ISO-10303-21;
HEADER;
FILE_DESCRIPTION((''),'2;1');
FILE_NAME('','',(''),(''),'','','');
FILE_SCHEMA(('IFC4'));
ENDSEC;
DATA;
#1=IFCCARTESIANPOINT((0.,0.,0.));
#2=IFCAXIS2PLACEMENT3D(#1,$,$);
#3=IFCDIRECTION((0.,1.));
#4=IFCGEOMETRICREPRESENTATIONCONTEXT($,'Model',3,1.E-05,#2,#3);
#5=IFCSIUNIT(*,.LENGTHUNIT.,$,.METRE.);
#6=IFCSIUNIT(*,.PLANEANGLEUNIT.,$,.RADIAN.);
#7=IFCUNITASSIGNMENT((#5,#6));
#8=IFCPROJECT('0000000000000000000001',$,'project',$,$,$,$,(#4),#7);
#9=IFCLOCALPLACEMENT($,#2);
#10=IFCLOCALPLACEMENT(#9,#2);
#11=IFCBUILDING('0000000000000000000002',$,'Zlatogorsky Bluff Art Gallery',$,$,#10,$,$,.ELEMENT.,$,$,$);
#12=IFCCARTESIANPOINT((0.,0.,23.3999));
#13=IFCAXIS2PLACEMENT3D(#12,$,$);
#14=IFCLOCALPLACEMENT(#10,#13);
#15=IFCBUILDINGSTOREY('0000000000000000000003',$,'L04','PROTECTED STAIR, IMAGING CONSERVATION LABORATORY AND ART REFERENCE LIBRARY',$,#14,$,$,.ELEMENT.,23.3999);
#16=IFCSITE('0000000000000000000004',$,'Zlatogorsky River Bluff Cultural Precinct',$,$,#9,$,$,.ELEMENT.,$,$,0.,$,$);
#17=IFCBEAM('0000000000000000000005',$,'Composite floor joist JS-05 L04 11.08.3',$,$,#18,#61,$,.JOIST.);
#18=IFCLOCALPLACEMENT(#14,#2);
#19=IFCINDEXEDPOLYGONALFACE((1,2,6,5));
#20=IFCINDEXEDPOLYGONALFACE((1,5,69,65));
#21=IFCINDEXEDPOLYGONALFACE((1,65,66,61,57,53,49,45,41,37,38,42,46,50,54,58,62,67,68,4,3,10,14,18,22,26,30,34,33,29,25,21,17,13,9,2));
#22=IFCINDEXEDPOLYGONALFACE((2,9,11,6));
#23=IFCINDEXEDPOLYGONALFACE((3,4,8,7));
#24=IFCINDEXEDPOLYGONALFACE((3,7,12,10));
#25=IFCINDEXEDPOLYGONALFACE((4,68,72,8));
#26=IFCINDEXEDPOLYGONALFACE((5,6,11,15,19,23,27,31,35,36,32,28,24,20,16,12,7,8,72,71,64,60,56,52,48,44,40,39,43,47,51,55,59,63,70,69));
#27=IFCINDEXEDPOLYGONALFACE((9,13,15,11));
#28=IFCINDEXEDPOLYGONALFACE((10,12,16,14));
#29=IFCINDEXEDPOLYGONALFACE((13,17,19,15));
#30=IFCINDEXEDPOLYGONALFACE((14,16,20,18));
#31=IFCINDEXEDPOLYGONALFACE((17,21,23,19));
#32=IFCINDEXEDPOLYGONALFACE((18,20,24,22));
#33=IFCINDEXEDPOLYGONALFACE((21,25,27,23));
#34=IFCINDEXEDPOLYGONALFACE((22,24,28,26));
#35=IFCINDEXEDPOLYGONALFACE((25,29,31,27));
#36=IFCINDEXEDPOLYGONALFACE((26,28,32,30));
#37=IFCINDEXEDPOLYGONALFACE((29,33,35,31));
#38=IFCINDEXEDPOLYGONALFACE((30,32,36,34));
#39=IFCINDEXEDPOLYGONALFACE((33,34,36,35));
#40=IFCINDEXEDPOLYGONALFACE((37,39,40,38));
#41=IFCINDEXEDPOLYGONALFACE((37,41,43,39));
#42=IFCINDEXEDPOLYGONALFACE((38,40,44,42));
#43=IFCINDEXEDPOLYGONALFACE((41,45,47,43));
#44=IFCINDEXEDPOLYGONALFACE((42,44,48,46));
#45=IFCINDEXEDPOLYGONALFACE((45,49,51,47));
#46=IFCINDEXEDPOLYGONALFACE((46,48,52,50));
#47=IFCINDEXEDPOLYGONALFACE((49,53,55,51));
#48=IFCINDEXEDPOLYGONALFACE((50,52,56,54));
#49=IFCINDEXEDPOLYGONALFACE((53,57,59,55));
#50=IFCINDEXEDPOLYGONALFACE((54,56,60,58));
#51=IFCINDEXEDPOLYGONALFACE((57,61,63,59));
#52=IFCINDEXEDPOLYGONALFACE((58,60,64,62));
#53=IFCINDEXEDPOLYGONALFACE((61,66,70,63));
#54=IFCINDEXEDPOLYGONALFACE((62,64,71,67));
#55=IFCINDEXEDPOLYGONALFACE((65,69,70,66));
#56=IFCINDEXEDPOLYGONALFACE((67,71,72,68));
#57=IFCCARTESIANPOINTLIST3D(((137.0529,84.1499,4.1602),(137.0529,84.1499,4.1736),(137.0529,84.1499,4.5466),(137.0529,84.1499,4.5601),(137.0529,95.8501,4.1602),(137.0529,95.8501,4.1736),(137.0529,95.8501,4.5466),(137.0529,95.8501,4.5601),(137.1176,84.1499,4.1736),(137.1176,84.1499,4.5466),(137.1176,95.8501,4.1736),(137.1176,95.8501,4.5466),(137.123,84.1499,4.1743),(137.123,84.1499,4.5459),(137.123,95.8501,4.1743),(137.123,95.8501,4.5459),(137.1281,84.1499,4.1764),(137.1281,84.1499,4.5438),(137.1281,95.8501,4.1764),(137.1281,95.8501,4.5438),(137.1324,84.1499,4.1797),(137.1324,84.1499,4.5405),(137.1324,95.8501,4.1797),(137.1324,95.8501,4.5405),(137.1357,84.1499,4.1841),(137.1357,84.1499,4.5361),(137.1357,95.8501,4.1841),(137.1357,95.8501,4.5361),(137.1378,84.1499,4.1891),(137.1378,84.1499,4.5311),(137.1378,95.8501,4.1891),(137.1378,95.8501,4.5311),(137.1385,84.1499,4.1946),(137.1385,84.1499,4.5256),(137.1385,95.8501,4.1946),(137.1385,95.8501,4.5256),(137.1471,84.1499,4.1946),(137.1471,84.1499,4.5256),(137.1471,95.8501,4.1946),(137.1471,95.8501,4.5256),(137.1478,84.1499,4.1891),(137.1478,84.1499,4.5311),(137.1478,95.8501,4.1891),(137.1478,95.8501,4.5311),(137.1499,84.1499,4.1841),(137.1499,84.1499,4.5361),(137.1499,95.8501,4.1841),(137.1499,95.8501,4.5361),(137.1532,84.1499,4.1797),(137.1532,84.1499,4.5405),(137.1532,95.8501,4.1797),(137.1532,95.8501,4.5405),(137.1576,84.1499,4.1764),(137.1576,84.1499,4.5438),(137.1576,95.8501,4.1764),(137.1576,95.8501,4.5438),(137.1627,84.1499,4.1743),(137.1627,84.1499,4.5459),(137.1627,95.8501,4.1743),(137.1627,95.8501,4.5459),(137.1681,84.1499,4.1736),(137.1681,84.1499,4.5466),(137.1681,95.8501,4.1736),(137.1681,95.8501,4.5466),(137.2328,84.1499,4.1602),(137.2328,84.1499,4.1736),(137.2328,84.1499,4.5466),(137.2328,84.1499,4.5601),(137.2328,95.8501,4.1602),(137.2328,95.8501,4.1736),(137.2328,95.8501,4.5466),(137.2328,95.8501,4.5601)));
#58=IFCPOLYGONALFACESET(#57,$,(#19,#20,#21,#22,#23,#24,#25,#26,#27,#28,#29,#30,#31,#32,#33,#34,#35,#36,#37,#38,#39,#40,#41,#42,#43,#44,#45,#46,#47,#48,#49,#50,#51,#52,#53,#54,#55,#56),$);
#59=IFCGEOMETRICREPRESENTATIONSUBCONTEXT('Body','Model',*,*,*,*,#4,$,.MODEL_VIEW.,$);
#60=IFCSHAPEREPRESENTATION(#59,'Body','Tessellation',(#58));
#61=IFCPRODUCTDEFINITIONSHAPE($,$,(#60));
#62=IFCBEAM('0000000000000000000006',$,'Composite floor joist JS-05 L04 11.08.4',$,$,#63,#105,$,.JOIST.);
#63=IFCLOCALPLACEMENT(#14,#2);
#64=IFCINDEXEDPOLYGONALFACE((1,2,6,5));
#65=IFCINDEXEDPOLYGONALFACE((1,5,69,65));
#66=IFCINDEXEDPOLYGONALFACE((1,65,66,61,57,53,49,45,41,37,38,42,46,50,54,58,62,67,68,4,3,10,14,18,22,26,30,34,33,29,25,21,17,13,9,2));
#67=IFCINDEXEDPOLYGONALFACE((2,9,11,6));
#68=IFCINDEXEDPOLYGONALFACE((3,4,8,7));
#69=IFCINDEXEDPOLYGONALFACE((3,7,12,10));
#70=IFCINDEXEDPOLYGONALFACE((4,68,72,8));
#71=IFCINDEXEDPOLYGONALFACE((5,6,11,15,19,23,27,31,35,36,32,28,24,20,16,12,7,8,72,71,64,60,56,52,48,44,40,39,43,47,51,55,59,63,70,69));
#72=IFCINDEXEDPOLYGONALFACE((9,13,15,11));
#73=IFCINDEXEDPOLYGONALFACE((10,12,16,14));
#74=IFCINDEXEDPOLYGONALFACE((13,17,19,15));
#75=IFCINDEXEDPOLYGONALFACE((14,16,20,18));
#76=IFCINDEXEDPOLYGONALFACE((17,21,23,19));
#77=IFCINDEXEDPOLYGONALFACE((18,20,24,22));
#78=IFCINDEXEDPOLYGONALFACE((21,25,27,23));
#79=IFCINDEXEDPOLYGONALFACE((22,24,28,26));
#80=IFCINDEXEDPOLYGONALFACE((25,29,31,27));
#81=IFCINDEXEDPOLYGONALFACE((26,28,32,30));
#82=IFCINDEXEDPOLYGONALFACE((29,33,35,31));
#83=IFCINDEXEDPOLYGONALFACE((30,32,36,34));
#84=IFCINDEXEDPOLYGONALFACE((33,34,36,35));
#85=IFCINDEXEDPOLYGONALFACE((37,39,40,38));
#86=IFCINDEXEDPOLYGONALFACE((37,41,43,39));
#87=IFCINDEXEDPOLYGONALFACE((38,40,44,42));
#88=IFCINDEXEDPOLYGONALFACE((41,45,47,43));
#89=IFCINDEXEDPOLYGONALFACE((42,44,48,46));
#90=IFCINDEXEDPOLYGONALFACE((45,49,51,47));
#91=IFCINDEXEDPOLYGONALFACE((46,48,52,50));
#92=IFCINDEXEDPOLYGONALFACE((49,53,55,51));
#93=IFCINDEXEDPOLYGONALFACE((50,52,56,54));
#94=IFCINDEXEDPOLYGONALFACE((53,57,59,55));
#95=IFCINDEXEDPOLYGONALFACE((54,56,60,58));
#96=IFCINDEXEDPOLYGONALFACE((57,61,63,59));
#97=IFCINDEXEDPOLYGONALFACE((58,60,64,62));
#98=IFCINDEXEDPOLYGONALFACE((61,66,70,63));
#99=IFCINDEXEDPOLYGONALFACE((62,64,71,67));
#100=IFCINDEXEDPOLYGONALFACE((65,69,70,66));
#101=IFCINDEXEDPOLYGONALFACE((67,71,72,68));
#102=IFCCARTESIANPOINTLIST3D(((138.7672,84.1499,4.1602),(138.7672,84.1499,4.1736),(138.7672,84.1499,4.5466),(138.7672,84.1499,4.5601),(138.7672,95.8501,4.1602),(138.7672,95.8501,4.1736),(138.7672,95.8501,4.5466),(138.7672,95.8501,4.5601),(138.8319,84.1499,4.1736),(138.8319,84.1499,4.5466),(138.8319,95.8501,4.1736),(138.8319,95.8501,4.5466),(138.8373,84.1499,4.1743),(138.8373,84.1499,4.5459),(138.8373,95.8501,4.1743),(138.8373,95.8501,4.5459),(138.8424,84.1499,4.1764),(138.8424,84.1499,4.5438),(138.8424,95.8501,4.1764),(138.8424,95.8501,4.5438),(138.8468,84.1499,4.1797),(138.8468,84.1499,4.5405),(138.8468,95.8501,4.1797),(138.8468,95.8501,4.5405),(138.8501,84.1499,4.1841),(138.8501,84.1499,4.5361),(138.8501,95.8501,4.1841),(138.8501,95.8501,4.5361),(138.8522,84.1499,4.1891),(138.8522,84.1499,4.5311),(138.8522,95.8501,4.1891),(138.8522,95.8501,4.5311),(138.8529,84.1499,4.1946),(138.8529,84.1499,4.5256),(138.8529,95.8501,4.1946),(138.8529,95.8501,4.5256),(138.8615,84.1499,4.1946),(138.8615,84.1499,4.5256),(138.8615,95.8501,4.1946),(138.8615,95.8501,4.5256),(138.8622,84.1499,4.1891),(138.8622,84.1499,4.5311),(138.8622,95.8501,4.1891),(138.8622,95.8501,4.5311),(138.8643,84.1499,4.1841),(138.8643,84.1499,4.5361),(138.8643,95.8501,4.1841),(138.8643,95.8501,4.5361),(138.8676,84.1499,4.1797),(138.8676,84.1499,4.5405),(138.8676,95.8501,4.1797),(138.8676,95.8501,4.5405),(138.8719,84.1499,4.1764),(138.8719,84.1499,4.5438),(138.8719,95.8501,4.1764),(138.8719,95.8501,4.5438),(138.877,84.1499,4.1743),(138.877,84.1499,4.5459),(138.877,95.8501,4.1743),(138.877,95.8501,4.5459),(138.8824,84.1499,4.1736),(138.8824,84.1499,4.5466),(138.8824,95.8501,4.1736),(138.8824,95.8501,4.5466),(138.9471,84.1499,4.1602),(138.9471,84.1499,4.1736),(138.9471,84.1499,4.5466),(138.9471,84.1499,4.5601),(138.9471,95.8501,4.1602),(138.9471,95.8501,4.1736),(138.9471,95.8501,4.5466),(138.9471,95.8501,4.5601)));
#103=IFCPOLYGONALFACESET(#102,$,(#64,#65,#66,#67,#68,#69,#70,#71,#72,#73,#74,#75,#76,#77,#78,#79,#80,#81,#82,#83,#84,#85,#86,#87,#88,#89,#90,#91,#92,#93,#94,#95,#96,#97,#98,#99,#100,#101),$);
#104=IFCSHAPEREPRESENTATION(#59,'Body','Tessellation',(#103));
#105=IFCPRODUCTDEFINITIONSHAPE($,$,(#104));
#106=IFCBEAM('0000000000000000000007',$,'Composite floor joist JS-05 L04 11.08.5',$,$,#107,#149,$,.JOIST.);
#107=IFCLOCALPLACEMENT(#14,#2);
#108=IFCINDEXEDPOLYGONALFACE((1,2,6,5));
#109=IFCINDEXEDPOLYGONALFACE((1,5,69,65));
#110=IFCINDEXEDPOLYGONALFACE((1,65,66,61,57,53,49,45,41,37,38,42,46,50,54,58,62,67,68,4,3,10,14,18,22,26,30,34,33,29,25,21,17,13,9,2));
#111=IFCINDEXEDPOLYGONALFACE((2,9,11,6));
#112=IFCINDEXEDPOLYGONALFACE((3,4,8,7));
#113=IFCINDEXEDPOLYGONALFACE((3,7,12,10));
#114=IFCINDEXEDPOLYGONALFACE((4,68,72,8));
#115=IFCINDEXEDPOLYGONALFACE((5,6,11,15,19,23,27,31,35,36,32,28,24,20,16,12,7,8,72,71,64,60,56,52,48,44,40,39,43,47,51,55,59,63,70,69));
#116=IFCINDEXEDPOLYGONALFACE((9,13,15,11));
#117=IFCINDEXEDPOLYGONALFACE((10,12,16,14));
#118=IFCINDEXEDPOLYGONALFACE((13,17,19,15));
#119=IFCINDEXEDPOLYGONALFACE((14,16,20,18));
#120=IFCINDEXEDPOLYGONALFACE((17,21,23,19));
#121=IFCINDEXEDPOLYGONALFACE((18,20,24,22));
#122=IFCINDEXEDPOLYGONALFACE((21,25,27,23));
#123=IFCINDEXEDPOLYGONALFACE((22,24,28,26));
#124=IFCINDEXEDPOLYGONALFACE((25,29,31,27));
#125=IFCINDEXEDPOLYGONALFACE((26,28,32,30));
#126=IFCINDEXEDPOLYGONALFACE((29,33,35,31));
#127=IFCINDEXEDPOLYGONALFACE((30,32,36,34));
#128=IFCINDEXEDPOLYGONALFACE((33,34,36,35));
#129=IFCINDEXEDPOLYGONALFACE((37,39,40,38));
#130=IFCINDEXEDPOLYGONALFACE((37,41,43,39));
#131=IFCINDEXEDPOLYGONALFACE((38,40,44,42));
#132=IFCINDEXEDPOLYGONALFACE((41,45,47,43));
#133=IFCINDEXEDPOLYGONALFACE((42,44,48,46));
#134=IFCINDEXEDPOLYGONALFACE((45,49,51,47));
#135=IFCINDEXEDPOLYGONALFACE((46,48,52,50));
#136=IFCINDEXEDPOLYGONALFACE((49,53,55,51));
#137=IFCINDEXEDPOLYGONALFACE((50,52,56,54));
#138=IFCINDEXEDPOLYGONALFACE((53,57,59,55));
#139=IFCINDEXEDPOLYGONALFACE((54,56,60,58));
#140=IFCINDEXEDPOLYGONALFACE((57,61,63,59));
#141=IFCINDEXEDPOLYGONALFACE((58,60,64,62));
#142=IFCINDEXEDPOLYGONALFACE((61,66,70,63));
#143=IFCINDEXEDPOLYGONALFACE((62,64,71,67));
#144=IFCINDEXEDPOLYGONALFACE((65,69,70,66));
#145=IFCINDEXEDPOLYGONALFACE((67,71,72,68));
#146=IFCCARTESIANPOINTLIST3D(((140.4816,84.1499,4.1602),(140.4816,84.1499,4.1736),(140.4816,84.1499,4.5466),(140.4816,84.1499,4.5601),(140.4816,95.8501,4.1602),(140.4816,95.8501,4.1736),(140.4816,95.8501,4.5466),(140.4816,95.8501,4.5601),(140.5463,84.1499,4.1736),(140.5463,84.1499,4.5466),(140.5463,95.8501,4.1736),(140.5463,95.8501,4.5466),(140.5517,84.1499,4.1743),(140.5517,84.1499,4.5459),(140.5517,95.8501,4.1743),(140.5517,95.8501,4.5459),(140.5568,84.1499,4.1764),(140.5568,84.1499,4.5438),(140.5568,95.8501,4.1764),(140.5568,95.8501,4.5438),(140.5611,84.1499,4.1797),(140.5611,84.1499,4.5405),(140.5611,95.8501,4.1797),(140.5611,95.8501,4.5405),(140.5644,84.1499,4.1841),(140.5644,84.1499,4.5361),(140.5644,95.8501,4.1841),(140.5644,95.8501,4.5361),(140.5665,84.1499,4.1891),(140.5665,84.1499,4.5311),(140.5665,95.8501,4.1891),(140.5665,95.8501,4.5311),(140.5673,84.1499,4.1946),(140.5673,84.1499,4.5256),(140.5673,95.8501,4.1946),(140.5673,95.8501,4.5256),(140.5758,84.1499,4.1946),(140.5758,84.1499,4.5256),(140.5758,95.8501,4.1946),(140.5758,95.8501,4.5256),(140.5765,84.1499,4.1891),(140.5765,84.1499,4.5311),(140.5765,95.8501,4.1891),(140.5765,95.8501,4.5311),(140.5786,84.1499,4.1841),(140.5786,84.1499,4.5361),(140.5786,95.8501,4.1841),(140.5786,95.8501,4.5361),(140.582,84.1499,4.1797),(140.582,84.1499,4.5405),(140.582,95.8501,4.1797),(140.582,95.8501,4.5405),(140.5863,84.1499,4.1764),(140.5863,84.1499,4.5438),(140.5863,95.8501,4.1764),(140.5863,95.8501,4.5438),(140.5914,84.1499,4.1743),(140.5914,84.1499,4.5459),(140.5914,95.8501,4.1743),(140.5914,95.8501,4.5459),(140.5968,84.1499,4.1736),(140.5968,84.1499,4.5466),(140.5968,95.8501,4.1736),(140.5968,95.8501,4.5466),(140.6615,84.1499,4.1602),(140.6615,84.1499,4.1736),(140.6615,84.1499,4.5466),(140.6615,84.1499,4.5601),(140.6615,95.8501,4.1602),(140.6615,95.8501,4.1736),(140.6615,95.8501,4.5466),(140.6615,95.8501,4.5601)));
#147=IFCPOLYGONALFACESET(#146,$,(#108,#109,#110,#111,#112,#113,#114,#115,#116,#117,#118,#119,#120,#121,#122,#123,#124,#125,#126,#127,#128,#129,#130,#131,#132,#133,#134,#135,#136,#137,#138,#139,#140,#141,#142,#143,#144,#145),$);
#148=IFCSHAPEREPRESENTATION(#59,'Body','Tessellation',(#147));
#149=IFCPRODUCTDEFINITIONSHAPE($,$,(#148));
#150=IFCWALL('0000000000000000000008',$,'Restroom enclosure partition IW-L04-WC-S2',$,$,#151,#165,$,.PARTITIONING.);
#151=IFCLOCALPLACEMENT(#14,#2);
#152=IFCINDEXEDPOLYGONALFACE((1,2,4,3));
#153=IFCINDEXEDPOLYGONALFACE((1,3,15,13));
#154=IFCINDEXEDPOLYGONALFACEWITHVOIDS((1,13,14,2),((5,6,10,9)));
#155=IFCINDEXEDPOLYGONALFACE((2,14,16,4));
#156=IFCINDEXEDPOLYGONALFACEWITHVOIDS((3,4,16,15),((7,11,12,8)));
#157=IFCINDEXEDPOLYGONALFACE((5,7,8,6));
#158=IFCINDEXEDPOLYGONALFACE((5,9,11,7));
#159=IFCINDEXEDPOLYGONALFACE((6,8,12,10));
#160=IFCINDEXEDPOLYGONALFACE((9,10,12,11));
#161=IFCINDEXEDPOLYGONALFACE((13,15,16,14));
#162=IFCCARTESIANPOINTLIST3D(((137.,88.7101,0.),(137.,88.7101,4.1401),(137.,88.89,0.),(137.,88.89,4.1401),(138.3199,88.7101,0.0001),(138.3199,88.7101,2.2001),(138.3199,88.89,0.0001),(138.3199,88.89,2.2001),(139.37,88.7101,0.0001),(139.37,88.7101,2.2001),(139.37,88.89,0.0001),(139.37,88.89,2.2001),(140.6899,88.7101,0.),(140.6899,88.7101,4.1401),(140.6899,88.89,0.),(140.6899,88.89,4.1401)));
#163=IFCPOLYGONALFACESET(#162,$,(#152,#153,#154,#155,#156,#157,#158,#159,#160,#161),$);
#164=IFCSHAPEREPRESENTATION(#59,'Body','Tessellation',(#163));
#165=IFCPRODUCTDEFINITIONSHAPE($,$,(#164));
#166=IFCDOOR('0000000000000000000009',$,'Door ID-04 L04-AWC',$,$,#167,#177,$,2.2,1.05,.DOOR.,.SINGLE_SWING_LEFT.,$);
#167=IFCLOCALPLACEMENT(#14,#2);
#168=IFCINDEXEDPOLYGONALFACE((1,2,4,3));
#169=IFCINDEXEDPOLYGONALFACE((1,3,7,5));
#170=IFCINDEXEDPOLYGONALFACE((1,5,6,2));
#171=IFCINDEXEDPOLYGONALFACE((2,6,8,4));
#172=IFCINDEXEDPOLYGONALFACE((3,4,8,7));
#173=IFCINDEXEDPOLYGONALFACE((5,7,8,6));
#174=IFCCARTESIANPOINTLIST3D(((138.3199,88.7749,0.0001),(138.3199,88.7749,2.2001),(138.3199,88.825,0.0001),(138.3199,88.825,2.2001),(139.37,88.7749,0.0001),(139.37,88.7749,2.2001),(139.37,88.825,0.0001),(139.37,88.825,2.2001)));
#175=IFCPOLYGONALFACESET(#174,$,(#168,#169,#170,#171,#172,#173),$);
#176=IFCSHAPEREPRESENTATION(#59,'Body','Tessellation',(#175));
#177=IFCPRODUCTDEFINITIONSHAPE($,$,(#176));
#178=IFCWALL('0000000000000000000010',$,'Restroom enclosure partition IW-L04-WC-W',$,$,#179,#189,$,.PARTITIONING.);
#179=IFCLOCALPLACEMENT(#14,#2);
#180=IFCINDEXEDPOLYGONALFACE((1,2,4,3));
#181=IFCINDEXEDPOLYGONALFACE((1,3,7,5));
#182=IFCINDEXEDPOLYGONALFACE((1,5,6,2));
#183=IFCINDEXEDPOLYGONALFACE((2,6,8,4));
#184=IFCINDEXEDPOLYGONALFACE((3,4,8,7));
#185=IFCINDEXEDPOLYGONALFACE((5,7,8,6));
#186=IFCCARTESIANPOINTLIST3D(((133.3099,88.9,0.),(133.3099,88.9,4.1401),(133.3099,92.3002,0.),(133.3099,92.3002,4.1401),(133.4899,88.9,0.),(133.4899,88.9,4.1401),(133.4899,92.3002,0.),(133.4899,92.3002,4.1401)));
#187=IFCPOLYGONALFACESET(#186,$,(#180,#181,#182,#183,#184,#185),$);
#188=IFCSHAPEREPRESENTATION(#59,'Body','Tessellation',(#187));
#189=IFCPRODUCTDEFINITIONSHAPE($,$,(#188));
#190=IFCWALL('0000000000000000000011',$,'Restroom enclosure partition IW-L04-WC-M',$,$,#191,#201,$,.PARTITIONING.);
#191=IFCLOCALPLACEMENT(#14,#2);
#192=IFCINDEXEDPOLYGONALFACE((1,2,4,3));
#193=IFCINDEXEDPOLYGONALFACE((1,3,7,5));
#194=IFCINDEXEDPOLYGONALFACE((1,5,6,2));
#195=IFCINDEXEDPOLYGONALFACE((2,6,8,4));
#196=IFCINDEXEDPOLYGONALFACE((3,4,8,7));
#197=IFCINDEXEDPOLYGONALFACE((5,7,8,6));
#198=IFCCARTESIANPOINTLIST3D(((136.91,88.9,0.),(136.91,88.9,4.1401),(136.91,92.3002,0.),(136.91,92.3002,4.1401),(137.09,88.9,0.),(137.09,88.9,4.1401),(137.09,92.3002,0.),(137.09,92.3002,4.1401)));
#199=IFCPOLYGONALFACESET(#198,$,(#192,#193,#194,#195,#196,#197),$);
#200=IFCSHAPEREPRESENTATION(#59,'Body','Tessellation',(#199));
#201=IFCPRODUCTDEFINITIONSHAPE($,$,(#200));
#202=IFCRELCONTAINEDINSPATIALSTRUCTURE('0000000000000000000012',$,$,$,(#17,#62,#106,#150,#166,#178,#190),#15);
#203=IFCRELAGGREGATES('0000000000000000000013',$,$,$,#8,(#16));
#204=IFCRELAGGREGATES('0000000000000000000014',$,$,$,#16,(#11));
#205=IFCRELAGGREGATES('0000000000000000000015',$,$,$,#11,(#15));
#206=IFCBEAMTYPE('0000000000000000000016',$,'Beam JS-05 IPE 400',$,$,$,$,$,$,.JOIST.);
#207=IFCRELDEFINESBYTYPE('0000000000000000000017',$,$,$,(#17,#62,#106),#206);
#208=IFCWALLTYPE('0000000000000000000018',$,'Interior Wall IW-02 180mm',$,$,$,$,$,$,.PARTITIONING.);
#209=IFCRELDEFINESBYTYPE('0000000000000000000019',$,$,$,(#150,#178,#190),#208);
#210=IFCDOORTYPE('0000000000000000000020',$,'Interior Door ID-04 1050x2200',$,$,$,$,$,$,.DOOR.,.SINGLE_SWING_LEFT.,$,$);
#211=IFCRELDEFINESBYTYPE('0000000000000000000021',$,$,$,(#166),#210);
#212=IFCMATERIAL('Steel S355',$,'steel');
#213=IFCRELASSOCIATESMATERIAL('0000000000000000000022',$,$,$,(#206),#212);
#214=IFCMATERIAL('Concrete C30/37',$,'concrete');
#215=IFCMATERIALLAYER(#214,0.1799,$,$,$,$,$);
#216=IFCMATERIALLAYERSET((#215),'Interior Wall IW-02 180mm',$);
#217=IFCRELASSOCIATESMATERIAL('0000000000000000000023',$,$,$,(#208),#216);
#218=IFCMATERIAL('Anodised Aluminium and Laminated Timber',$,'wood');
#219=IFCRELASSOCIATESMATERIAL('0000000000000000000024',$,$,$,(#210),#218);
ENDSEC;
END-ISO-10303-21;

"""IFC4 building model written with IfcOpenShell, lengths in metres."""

from ifc_helpers import new_model, si_unit, direction, frame, frame_2d, origin, origin_2d, place, context, subcontext, project, spatial, rectangle, i_section, extrude, material, layer, layer_set, material_profile, profile_set, type_object, element, fill, save


model = new_model("IFC4")

# Units and contexts
model_context = context("Model", 3, precision=1e-05, world=origin(), true_north=direction((0.0, 1.0)))
body_context = subcontext(model_context, "Body", "Model", "MODEL_VIEW")
ifc_project = project(units=[si_unit("LENGTHUNIT", "METRE"), si_unit("PLANEANGLEUNIT", "RADIAN")], contexts=[model_context])

# Site, building, storey
site_placement = place(None, origin())
site = spatial("IfcSite", under=ifc_project, at=site_placement, Name="Zlatogorsky River Bluff Cultural Precinct", CompositionType="ELEMENT", RefElevation=0.0)
building_placement = place(site_placement, origin())
building = spatial("IfcBuilding", under=site, at=building_placement, Name="Zlatogorsky Bluff Art Gallery", CompositionType="ELEMENT")
storey_placement = place(building_placement, frame((0.0, 0.0, 23.3999)))
storey = spatial("IfcBuildingStorey", under=building, at=storey_placement, Name="L04", Description="PROTECTED STAIR, IMAGING CONSERVATION LABORATORY AND ART REFERENCE LIBRARY", CompositionType="ELEMENT", Elevation=23.3999)

# Beams
ifc_material_1 = material(Name="Steel S355", Category="steel")
ifc_material_profile = material_profile(ifc_material_1, i_section(OverallWidth=0.1799, OverallDepth=0.3999, WebThickness=0.0085, FlangeThickness=0.0134, FilletRadius=0.021, at=origin_2d()), Name="IPE 400")
ifc_profile_set = profile_set([ifc_material_profile], Name="Steel S355")
beam_type = type_object("IfcBeamType", Name="Beam JS-05 IPE 400", PredefinedType="JOIST", material=ifc_profile_set)
for number, where, z_axis, x_axis, name in (
    (1, (137.1428, 84.1499, 4.3601), (0.0, 1.0, 0.0), (-1.0, 0.0, 0.0), "Composite floor joist JS-05 L04 11.08.3"),
    (2, (138.8572, 84.1499, 4.3601), (0.0, 1.0, 0.0), (-1.0, 0.0, 0.0), "Composite floor joist JS-05 L04 11.08.4"),
    (3, (140.5715, 84.1499, 4.3601), (0.0, 1.0, 0.0), (-1.0, 0.0, 0.0), "Composite floor joist JS-05 L04 11.08.5"),
):
    element("IfcBeam", number, at=place(storey_placement, frame(where, z_axis=z_axis, x_axis=x_axis)), inside=storey, type_object=beam_type, Name=name, PredefinedType="JOIST", context=body_context, shape_type="SweptSolid", body=[
        extrude(i_section(OverallWidth=0.1799, OverallDepth=0.3999, WebThickness=0.0085, FlangeThickness=0.0134, FilletRadius=0.021, at=origin_2d()), origin(), (0.0, 0.0, 1.0), 11.7002),
    ])

# Wall, opening, door
ifc_material_2 = material(Name="Concrete C30/37", Category="concrete")
ifc_layer_1 = layer(ifc_material_2, 0.1799)
ifc_layer_set_1 = layer_set([ifc_layer_1], Name="Interior Wall IW-02 180mm")
wall_type_1 = type_object("IfcWallType", Name="Interior Wall IW-02 180mm", PredefinedType="PARTITIONING", material=ifc_layer_set_1)
ifc_material_3 = material(Name="Anodised Aluminium and Laminated Timber", Category="wood")
wall_1_placement = place(storey_placement, frame((137.0, 88.8, 0.0), z_axis=(0.0, 0.0, 1.0), x_axis=(1.0, 0.0, 0.0)))
wall_1 = element("IfcWall", 4, at=wall_1_placement, inside=storey, type_object=wall_type_1, Name="Restroom enclosure partition IW-L04-WC-S2", PredefinedType="PARTITIONING", context=body_context, shape_type="SweptSolid", body=[
    extrude(rectangle(XDim=3.6899, YDim=0.1799, at=frame_2d((1.845, 0.0))), origin(), (0.0, 0.0, 1.0), 4.1401),
])
opening_1_placement = place(wall_1_placement, frame((1.3201, 0.0, 0.0)))
opening_1 = element("IfcOpeningElement", 5, at=opening_1_placement, cuts=wall_1, PredefinedType="OPENING", context=body_context, shape_type="SweptSolid", body=[
    extrude(rectangle(XDim=1.05, YDim=2.2, at=frame_2d((0.5249, 1.1001))), frame((0.0, 0.0999, 0.0), z_axis=(0.0, -1.0, 0.0), x_axis=(1.0, 0.0, 0.0)), (0.0, 0.0, 1.0), 0.2),
])
door_type_1 = type_object("IfcDoorType", Name="Interior Door ID-04 1050x2200", OperationType="SINGLE_SWING_LEFT", PredefinedType="DOOR", material=ifc_material_3)
door_1_placement = place(opening_1_placement, origin())
door_1 = element("IfcDoor", 6, at=door_1_placement, inside=storey, type_object=door_type_1, Name="Door ID-04 L04-AWC", OperationType="SINGLE_SWING_LEFT", OverallHeight=2.2, OverallWidth=1.05, PredefinedType="DOOR", context=body_context, shape_type="SweptSolid", body=[
    extrude(rectangle(XDim=1.05, YDim=2.2, at=frame_2d((0.5249, 1.1001))), frame((0.0, 0.0249, 0.0), z_axis=(0.0, -1.0, 0.0), x_axis=(1.0, 0.0, 0.0)), (0.0, 0.0, 1.0), 0.05),
])
fill(opening_1, door_1)

# Walls
for number, where, z_axis, x_axis, name in (
    (7, (133.3999, 88.8999, 0.0), (0.0, 0.0, 1.0), (0.0, 1.0, 0.0), "Restroom enclosure partition IW-L04-WC-W"),
    (8, (137.0, 88.8999, 0.0), (0.0, 0.0, 1.0), (0.0, 1.0, 0.0), "Restroom enclosure partition IW-L04-WC-M"),
):
    element("IfcWall", number, at=place(storey_placement, frame(where, z_axis=z_axis, x_axis=x_axis)), inside=storey, type_object=wall_type_1, Name=name, PredefinedType="PARTITIONING", context=body_context, shape_type="SweptSolid", body=[
        extrude(rectangle(XDim=3.4001, YDim=0.1799, at=frame_2d((1.7002, 0.0))), origin(), (0.0, 0.0, 1.0), 4.1401),
    ])

save(model, "model.ifc")
